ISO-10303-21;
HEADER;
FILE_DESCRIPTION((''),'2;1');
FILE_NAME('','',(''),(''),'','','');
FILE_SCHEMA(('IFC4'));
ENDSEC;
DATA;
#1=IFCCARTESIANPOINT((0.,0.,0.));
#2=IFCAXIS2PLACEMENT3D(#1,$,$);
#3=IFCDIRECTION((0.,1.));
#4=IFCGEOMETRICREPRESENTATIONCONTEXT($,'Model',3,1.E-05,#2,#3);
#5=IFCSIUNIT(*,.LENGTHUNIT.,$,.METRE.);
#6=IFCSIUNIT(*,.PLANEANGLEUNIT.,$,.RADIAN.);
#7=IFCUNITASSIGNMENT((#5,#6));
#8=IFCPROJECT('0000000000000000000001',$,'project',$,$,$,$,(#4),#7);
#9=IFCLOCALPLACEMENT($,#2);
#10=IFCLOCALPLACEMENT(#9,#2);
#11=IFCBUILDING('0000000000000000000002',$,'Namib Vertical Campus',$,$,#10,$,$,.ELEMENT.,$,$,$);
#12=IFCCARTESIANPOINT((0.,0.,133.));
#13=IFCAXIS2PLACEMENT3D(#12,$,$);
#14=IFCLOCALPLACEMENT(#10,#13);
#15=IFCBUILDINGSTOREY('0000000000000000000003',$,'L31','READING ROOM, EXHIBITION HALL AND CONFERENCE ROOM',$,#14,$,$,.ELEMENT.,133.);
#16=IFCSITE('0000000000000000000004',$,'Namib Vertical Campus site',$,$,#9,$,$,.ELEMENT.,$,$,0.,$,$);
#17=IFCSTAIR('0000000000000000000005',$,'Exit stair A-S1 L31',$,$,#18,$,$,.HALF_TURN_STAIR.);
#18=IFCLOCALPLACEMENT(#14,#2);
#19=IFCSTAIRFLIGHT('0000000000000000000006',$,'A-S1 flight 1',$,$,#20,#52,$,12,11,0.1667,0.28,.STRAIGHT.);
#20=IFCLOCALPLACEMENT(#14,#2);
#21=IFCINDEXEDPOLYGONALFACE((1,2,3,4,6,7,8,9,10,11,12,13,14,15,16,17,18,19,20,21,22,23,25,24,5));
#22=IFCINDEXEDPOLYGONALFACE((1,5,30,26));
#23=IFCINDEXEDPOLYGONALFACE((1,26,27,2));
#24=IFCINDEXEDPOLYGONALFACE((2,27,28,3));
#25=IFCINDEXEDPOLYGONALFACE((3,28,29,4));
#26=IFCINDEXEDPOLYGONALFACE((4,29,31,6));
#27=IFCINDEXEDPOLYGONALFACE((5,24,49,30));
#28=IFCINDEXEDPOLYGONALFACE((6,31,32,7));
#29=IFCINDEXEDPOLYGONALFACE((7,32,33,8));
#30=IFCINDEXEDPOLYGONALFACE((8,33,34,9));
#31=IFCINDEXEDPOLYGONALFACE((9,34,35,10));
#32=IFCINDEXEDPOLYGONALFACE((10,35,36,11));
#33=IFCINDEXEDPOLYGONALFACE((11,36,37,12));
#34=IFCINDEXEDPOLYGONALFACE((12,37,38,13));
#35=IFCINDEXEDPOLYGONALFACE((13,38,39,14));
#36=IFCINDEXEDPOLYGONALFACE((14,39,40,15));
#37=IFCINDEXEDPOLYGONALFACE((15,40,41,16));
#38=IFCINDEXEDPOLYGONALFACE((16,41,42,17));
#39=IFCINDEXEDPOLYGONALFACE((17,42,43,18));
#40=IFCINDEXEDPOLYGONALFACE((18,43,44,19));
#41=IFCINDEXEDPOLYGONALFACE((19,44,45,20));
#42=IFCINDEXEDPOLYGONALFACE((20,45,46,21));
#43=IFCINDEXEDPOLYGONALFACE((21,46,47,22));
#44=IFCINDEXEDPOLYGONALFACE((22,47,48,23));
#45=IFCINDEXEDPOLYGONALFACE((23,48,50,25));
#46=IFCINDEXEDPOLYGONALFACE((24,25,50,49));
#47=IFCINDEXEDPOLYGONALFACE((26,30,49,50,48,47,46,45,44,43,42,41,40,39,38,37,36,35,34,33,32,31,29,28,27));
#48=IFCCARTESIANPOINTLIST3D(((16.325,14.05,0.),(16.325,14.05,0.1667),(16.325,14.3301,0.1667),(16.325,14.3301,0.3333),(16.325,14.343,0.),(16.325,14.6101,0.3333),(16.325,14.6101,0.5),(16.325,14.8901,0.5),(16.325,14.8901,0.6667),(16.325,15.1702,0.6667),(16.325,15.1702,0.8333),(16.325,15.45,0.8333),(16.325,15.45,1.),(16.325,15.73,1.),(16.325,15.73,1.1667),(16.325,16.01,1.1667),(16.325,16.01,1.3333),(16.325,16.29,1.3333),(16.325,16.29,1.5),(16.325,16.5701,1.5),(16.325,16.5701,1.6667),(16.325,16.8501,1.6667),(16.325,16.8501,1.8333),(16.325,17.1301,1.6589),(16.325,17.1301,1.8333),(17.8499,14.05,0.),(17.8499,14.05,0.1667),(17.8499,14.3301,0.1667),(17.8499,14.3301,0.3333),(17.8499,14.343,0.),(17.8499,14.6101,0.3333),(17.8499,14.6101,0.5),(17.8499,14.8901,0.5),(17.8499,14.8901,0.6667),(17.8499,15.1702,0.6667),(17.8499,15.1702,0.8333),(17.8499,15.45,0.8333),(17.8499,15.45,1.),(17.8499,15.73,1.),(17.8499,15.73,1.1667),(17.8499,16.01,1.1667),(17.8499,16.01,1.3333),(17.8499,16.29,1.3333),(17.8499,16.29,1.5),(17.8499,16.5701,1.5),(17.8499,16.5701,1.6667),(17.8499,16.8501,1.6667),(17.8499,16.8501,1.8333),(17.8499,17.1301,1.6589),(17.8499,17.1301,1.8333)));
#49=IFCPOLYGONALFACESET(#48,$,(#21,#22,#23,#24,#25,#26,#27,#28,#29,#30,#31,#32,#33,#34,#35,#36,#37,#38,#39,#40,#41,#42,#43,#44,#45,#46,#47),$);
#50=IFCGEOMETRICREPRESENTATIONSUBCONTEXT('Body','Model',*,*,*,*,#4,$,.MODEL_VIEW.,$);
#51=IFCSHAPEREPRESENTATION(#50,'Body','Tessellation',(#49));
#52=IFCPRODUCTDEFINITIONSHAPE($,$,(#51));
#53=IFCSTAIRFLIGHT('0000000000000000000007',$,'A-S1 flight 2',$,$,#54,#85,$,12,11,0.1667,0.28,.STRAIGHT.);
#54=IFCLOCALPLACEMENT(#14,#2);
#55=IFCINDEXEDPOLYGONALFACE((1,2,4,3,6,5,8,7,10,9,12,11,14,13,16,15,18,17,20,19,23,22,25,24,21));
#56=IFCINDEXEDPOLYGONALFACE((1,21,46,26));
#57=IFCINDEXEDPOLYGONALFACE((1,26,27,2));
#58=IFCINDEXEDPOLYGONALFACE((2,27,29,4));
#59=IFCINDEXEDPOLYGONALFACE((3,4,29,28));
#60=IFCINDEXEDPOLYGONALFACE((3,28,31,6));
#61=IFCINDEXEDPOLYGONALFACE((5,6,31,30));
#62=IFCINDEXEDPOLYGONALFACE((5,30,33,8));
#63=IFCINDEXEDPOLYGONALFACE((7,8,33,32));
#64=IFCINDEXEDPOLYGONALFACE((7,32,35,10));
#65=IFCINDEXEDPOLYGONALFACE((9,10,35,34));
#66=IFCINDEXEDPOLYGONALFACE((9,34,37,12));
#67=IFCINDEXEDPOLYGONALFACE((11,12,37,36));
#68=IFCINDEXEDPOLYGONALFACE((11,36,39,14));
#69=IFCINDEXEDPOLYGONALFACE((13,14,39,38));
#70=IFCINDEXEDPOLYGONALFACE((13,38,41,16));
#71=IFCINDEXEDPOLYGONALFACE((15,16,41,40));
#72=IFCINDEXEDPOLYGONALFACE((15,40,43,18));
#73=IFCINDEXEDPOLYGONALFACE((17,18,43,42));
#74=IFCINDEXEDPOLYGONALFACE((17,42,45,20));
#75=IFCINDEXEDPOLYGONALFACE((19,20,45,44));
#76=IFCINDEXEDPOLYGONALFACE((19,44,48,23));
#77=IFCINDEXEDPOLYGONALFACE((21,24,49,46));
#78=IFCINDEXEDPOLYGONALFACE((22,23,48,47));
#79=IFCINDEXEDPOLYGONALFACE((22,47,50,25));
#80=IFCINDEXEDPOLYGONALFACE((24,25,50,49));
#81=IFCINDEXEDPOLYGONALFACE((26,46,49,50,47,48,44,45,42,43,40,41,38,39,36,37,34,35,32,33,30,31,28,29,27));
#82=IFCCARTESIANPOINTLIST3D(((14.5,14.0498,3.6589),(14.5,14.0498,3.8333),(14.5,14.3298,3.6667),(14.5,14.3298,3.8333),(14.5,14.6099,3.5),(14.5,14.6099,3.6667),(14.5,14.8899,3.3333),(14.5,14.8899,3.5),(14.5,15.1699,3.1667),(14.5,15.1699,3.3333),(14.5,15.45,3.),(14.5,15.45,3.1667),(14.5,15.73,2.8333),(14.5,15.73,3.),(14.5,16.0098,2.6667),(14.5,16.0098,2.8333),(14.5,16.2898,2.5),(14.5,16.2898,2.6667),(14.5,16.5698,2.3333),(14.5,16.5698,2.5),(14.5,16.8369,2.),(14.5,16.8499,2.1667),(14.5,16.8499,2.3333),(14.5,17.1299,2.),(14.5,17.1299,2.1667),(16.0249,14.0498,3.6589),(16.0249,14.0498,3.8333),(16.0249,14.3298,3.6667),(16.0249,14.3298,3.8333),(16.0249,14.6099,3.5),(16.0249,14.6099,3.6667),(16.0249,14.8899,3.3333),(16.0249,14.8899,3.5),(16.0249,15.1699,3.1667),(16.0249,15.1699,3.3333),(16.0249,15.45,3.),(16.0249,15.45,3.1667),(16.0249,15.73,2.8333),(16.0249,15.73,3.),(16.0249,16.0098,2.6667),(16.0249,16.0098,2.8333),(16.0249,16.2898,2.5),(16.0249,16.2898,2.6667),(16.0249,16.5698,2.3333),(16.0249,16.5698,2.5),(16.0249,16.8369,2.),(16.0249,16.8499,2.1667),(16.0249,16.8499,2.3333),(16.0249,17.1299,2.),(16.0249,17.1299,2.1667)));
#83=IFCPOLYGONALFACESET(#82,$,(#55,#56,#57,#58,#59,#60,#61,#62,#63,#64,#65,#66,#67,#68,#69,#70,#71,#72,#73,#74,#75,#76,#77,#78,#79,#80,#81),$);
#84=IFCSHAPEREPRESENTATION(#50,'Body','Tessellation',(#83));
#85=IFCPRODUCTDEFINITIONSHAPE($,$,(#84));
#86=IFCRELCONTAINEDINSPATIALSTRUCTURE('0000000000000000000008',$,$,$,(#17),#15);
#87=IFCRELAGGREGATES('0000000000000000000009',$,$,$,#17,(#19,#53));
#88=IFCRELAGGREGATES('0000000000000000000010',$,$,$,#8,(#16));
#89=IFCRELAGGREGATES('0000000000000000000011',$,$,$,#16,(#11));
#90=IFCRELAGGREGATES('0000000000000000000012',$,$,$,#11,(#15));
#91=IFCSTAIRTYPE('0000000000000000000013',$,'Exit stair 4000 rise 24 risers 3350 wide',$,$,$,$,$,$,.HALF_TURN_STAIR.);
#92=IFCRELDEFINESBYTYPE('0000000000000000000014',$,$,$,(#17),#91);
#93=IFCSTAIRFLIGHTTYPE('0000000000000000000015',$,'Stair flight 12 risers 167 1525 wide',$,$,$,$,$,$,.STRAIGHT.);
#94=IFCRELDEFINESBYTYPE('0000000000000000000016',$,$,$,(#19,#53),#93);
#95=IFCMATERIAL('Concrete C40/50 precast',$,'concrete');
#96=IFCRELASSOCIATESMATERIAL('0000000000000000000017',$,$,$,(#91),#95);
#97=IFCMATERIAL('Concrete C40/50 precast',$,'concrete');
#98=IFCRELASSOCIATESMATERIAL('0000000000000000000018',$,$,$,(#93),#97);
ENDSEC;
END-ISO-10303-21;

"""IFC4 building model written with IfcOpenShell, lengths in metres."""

from ifc_helpers import new_model, si_unit, direction, frame, origin, place, context, subcontext, project, spatial, polyline, outline, extrude, material, type_object, element, aggregate, save


model = new_model("IFC4")

# Units and contexts
model_context = context("Model", 3, precision=1e-05, world=origin(), true_north=direction((0.0, 1.0)))
body_context = subcontext(model_context, "Body", "Model", "MODEL_VIEW")
ifc_project = project(units=[si_unit("LENGTHUNIT", "METRE"), si_unit("PLANEANGLEUNIT", "RADIAN")], contexts=[model_context])

# Site, building, storey
site_placement = place(None, origin())
site = spatial("IfcSite", under=ifc_project, at=site_placement, Name="Namib Vertical Campus site", CompositionType="ELEMENT", RefElevation=0.0)
building_placement = place(site_placement, origin())
building = spatial("IfcBuilding", under=site, at=building_placement, Name="Namib Vertical Campus", CompositionType="ELEMENT")
storey_placement = place(building_placement, frame((0.0, 0.0, 133.0)))
storey = spatial("IfcBuildingStorey", under=building, at=storey_placement, Name="L31", Description="READING ROOM, EXHIBITION HALL AND CONFERENCE ROOM", CompositionType="ELEMENT", Elevation=133.0)

# Stair, stair flights
ifc_material_1 = material(Name="Concrete C40/50 precast", Category="concrete")
stair_type = type_object("IfcStairType", Name="Exit stair 4000 rise 24 risers 3350 wide", PredefinedType="HALF_TURN_STAIR", material=ifc_material_1)
stair_placement = place(storey_placement, origin())
stair = element("IfcStair", 1, at=stair_placement, inside=storey, type_object=stair_type, Name="Exit stair A-S1 L31", PredefinedType="HALF_TURN_STAIR")
ifc_material_2 = material(Name="Concrete C40/50 precast", Category="concrete")
stair_flight_type = type_object("IfcStairFlightType", Name="Stair flight 12 risers 167 1525 wide", PredefinedType="STRAIGHT", material=ifc_material_2)
stair_flight_1_placement = place(storey_placement, frame((17.0874, 14.05, 0.0), z_axis=(0.0, 0.0, 1.0), x_axis=(0.0, 1.0, 0.0)))
stair_flight_1 = element("IfcStairFlight", 2, at=stair_flight_1_placement, type_object=stair_flight_type, Name="A-S1 flight 1", NumberOfRisers=12, NumberOfTreads=11, PredefinedType="STRAIGHT", RiserHeight=0.1667, TreadLength=0.28, context=body_context, shape_type="SweptSolid", body=[
    extrude(outline(polyline([(0.0, 0.0), (0.0, 0.1667), (0.28, 0.1667), (0.28, 0.3333), (0.5601, 0.3333), (0.5601, 0.5), (0.8401, 0.5), (0.8401, 0.6667), (1.1201, 0.6667), (1.1201, 0.8333), (1.3999, 0.8333), (1.3999, 1.0), (1.6799, 1.0), (1.6799, 1.1667), (1.96, 1.1667), (1.96, 1.3333), (2.24, 1.3333), (2.24, 1.5), (2.52, 1.5), (2.52, 1.6667), (2.8, 1.6667), (2.8, 1.8333), (3.0801, 1.8333), (3.0801, 2.0), (3.0801, 1.6589), (0.293, 0.0), (0.0, 0.0)])), frame((0.0, 0.7625, 0.0), z_axis=(0.0, -1.0, 0.0), x_axis=(1.0, 0.0, 0.0)), (0.0, 0.0, 1.0), 1.5249),
])
stair_flight_2_placement = place(storey_placement, frame((15.2625, 17.1299, 2.0), z_axis=(0.0, 0.0, 1.0), x_axis=(0.0, -1.0, 0.0)))
stair_flight_2 = element("IfcStairFlight", 3, at=stair_flight_2_placement, type_object=stair_flight_type, Name="A-S1 flight 2", NumberOfRisers=12, NumberOfTreads=11, PredefinedType="STRAIGHT", RiserHeight=0.1667, TreadLength=0.28, context=body_context, shape_type="SweptSolid", body=[
    extrude(outline(polyline([(0.0, 0.0), (0.0, 0.1667), (0.28, 0.1667), (0.28, 0.3333), (0.5601, 0.3333), (0.5601, 0.5), (0.8401, 0.5), (0.8401, 0.6667), (1.1201, 0.6667), (1.1201, 0.8333), (1.3999, 0.8333), (1.3999, 1.0), (1.6799, 1.0), (1.6799, 1.1667), (1.96, 1.1667), (1.96, 1.3333), (2.24, 1.3333), (2.24, 1.5), (2.52, 1.5), (2.52, 1.6667), (2.8, 1.6667), (2.8, 1.8333), (3.0801, 1.8333), (3.0801, 2.0), (3.0801, 1.6589), (0.293, 0.0), (0.0, 0.0)])), frame((0.0, 0.7625, 0.0), z_axis=(0.0, -1.0, 0.0), x_axis=(1.0, 0.0, 0.0)), (0.0, 0.0, 1.0), 1.5249),
])
aggregate(stair, [stair_flight_1, stair_flight_2])

save(model, "model.ifc")
